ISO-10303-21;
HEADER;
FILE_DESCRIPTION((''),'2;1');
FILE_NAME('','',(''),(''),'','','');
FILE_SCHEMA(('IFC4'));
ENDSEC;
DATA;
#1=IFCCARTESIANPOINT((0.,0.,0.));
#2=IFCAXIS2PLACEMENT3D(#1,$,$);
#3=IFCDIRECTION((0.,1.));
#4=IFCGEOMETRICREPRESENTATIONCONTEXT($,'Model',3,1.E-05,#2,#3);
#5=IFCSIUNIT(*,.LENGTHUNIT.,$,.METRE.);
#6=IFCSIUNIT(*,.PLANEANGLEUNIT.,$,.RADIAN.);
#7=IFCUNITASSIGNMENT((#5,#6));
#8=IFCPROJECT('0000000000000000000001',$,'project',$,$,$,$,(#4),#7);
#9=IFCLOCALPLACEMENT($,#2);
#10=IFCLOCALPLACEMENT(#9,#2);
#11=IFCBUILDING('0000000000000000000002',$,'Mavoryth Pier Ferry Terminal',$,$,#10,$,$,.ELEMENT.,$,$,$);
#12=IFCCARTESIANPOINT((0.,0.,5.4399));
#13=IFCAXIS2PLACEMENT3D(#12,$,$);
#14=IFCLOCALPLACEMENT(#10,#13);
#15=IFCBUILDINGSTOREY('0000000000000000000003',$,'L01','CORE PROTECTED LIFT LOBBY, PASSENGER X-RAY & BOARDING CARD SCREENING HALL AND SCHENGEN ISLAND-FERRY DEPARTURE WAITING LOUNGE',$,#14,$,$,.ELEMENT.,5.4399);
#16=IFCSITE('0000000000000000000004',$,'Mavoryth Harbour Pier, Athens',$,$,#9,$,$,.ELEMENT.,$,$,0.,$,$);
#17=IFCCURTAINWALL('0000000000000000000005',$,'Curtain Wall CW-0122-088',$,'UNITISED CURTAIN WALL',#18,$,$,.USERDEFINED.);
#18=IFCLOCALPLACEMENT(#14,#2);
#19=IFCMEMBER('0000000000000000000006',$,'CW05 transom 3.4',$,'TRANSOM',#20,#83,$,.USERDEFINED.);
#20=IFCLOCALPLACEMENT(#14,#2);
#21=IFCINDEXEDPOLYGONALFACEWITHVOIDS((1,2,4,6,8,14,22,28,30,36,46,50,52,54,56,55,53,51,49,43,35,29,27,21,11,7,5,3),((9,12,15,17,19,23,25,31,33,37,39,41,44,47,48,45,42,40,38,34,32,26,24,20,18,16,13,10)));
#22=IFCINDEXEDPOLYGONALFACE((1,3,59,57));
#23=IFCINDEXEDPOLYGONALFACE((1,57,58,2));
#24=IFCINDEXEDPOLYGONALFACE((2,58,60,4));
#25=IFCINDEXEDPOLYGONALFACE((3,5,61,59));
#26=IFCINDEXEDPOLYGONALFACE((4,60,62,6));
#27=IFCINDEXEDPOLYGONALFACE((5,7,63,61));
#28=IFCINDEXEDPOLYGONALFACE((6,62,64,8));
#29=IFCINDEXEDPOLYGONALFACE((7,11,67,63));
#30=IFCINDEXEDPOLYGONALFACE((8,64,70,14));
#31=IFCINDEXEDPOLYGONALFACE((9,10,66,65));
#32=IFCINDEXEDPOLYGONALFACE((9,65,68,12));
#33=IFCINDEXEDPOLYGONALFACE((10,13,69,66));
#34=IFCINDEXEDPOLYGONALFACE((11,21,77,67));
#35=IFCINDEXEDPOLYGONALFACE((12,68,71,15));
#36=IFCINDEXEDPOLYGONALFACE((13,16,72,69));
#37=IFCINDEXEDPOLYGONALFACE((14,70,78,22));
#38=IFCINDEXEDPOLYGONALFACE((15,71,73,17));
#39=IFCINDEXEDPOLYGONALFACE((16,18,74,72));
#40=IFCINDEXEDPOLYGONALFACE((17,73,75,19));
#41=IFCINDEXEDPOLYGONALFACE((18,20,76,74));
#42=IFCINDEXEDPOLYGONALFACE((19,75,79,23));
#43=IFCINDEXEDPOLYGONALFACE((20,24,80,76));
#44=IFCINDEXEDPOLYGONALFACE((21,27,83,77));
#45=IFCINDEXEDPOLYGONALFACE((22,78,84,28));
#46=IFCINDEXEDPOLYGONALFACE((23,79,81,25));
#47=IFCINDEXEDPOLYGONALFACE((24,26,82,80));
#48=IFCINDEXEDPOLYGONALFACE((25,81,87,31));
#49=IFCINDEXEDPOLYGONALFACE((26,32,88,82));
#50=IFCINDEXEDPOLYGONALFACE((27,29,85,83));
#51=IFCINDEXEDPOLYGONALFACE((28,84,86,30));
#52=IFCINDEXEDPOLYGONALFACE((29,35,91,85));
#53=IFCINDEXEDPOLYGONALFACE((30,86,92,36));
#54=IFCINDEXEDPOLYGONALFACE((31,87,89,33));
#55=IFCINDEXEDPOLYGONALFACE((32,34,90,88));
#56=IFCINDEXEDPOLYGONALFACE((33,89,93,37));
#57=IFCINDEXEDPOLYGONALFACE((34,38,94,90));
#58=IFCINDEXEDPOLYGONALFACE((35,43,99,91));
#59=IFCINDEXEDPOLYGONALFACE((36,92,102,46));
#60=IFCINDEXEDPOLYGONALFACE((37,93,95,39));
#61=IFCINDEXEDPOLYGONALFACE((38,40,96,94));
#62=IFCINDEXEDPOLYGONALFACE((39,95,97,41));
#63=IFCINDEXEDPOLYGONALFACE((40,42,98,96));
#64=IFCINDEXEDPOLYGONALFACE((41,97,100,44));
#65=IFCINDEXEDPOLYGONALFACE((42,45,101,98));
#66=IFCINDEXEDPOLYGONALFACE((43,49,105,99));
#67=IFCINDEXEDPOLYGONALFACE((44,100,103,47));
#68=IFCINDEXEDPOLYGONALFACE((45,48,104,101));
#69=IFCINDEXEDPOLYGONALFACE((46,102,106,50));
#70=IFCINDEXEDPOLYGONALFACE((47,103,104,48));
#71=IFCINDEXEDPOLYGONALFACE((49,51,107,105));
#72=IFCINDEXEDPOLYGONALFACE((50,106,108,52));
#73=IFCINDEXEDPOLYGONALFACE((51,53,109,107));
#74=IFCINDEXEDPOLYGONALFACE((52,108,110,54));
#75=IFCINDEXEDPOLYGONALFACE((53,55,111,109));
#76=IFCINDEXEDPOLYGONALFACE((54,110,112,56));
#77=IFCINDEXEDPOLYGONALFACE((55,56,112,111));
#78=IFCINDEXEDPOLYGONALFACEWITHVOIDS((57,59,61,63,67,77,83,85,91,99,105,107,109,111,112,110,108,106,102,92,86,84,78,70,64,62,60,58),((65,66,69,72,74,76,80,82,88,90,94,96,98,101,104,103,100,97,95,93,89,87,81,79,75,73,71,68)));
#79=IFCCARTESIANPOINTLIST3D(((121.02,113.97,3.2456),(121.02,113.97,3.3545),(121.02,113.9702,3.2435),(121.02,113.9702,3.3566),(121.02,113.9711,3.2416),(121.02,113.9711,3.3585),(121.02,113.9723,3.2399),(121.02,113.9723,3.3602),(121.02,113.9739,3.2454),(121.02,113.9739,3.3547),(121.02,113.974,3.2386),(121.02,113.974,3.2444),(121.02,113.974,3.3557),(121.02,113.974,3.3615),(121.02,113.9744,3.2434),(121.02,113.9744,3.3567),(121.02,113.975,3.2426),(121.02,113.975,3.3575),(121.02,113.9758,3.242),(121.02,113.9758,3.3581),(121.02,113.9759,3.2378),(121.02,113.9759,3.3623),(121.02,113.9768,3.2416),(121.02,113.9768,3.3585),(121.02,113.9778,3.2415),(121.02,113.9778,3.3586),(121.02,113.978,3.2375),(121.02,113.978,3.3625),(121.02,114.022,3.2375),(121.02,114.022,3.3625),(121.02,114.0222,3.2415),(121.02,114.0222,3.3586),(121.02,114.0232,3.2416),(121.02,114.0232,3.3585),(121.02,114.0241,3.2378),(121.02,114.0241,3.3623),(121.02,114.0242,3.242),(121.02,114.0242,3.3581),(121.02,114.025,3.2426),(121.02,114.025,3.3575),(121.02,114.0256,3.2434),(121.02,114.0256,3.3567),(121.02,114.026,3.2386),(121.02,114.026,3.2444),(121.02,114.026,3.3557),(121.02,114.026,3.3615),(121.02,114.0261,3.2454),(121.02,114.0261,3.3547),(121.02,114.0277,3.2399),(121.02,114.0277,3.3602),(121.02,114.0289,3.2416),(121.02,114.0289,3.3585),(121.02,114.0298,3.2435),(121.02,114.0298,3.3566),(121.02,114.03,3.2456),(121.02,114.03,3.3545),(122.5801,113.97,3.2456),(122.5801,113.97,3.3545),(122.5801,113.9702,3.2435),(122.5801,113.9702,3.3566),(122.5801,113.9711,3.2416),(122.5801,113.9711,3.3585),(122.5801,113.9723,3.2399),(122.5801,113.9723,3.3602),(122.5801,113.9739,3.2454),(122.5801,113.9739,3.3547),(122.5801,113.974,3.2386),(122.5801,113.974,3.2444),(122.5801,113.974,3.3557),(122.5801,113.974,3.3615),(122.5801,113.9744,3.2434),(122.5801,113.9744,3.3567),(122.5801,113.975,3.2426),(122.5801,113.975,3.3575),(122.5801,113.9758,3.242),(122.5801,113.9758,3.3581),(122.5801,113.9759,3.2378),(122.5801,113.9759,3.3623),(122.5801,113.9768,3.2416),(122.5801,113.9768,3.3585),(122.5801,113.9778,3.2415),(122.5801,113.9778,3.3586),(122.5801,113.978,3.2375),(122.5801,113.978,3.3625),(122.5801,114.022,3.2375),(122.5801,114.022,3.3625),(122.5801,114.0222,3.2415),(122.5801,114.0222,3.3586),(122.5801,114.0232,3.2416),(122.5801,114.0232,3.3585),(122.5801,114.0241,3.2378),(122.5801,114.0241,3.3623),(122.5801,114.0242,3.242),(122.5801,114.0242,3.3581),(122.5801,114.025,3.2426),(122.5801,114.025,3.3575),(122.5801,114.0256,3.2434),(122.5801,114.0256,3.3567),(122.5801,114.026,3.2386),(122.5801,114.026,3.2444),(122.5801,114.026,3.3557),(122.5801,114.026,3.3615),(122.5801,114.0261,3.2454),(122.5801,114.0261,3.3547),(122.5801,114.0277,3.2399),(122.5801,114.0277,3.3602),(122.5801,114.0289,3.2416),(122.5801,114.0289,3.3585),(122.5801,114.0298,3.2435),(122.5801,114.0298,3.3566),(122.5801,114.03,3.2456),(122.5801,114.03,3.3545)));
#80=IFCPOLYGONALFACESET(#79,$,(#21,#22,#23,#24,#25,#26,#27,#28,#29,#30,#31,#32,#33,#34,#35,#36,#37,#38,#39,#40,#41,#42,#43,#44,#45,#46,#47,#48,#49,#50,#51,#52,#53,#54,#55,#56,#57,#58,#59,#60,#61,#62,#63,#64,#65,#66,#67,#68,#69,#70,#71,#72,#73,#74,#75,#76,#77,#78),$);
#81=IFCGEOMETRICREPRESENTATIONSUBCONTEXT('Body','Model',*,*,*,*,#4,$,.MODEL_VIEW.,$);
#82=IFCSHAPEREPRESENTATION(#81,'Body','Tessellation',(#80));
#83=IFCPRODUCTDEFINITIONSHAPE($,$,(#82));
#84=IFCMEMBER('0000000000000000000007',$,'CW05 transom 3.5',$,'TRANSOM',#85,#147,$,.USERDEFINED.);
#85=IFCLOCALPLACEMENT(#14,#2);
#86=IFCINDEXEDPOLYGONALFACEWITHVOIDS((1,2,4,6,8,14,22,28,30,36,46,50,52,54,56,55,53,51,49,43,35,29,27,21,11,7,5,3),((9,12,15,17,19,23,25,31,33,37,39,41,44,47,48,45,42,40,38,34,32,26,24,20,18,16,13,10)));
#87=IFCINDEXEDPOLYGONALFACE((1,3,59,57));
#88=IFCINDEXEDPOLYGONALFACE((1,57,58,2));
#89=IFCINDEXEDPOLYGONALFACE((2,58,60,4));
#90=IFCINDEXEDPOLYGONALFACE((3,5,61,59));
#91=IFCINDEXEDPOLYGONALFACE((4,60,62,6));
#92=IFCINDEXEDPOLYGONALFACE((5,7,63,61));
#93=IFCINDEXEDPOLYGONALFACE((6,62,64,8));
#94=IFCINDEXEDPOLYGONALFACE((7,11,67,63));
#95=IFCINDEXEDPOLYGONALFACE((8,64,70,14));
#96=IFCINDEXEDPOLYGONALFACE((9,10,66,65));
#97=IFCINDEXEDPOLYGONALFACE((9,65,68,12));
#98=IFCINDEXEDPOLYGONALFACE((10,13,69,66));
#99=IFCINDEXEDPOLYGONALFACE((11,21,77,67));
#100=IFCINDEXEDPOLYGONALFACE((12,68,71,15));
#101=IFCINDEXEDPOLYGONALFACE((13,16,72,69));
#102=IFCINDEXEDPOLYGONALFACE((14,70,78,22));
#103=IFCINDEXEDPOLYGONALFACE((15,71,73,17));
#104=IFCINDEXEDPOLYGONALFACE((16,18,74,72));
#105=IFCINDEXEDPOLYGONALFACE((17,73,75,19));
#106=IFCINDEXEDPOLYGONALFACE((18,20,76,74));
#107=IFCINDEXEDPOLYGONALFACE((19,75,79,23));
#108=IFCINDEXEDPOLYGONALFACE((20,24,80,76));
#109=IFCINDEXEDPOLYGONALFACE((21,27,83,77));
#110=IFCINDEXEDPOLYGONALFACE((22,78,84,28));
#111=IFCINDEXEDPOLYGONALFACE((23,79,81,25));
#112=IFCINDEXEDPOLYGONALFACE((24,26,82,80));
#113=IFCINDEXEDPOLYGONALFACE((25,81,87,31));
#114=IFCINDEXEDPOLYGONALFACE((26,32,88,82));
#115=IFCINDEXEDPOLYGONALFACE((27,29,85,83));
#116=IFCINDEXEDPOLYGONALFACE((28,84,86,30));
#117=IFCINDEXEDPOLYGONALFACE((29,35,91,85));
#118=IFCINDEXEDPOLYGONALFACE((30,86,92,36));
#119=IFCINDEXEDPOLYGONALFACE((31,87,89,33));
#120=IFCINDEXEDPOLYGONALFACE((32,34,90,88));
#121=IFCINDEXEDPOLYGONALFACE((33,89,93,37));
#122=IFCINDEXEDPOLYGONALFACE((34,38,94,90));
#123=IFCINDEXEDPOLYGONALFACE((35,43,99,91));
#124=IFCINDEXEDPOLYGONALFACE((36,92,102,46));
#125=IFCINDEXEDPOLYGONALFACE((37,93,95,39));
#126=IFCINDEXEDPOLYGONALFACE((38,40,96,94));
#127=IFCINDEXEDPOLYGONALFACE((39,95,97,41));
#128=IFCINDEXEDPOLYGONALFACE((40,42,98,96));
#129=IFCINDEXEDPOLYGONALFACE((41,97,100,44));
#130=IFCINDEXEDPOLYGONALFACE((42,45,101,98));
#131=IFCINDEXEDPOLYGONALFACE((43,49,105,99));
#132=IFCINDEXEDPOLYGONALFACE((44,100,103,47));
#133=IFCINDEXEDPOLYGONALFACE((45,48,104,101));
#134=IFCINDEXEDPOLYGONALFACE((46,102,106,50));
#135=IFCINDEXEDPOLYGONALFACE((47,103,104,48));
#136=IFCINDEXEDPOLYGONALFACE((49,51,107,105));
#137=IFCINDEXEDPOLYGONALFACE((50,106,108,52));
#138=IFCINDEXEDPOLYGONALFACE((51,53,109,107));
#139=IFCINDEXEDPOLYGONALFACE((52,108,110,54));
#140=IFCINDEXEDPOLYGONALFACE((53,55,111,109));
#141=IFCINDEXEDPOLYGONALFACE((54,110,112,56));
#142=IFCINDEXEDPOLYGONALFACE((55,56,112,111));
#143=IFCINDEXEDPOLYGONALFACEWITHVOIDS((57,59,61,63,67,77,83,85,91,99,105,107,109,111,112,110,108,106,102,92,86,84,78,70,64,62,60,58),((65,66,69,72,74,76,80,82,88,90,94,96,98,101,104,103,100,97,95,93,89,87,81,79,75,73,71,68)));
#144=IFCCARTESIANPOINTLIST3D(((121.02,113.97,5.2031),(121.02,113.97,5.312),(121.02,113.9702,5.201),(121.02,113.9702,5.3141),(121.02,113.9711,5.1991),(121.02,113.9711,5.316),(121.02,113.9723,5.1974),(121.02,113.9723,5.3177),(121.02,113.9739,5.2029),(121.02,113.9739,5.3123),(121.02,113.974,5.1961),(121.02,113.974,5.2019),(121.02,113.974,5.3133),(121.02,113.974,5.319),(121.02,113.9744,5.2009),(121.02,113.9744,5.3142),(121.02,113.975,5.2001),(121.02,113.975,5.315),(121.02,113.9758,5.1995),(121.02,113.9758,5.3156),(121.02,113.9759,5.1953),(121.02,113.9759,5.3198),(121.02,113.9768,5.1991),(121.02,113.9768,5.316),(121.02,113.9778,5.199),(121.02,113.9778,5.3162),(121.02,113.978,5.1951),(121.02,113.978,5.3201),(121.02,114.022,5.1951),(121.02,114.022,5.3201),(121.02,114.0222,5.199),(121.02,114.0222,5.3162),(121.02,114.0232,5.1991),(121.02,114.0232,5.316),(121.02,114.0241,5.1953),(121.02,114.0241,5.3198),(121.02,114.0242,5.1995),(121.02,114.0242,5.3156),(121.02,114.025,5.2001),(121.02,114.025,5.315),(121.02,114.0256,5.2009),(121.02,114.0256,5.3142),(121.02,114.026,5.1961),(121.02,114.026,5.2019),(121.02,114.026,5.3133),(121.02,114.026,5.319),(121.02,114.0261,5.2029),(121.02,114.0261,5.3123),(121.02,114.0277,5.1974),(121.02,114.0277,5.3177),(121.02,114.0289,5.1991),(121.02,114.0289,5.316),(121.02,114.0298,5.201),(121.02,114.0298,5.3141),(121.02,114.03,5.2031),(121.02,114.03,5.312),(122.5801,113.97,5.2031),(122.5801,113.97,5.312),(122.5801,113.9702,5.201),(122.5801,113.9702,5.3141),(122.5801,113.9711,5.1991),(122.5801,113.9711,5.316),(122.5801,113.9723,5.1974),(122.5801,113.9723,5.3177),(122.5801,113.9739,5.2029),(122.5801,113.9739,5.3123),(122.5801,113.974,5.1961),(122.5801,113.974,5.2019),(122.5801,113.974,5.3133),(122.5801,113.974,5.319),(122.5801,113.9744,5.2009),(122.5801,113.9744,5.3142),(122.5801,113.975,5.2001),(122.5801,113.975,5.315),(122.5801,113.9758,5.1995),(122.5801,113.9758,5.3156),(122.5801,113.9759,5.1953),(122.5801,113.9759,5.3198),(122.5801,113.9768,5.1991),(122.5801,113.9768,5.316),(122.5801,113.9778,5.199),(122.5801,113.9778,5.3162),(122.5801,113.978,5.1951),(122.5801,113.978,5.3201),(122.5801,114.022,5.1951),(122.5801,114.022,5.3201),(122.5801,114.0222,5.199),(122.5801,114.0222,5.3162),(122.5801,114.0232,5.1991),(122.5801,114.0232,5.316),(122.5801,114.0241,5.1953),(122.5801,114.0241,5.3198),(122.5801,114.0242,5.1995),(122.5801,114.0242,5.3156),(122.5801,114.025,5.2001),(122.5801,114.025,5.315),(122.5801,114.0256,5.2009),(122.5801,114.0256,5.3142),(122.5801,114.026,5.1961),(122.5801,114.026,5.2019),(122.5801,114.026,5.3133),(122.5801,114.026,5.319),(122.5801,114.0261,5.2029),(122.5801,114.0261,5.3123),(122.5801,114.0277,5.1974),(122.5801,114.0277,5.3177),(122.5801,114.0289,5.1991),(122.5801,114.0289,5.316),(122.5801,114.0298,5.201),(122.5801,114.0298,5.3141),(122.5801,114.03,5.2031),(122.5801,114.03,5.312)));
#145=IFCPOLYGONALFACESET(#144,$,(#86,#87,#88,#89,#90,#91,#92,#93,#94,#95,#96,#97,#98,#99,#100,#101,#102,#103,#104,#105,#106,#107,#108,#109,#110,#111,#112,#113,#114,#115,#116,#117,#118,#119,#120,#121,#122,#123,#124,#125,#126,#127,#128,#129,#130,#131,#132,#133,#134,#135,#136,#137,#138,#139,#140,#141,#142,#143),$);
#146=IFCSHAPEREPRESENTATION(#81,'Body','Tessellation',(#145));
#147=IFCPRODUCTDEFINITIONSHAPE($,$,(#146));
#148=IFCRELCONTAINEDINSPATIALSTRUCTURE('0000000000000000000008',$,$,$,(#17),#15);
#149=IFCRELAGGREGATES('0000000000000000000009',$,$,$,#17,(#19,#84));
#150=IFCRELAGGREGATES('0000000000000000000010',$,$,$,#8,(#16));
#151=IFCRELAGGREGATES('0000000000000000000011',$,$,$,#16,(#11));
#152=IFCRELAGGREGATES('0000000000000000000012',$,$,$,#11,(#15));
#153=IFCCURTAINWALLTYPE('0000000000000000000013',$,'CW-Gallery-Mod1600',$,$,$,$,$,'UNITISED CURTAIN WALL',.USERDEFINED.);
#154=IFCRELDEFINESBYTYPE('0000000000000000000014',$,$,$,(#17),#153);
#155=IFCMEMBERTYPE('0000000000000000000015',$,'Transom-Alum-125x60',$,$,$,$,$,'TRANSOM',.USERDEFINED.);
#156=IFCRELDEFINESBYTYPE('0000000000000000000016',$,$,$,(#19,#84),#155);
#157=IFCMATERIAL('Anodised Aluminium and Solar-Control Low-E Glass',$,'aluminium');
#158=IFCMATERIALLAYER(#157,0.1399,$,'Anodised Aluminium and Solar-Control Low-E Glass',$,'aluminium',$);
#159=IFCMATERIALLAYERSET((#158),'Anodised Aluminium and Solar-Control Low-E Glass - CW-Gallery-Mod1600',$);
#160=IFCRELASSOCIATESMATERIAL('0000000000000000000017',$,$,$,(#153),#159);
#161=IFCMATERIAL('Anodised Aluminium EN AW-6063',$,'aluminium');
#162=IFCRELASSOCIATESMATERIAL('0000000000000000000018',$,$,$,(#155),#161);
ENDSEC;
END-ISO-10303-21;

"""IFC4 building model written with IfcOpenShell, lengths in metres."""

from ifc_helpers import new_model, si_unit, direction, frame, origin, origin_2d, place, context, subcontext, project, spatial, hollow_rectangle, extrude, material, layer, layer_set, material_profile, profile_set, type_object, element, aggregate, save


model = new_model("IFC4")

# Units and contexts
model_context = context("Model", 3, precision=1e-05, world=origin(), true_north=direction((0.0, 1.0)))
body_context = subcontext(model_context, "Body", "Model", "MODEL_VIEW")
ifc_project = project(units=[si_unit("LENGTHUNIT", "METRE"), si_unit("PLANEANGLEUNIT", "RADIAN")], contexts=[model_context])

# Site, building, storey
site_placement = place(None, origin())
site = spatial("IfcSite", under=ifc_project, at=site_placement, Name="Mavoryth Harbour Pier, Athens", CompositionType="ELEMENT", RefElevation=0.0)
building_placement = place(site_placement, origin())
building = spatial("IfcBuilding", under=site, at=building_placement, Name="Mavoryth Pier Ferry Terminal", CompositionType="ELEMENT")
storey_placement = place(building_placement, frame((0.0, 0.0, 5.4399)))
storey = spatial("IfcBuildingStorey", under=building, at=storey_placement, Name="L01", Description="CORE PROTECTED LIFT LOBBY, PASSENGER X-RAY & BOARDING CARD SCREENING HALL AND SCHENGEN ISLAND-FERRY DEPARTURE WAITING LOUNGE", CompositionType="ELEMENT", Elevation=5.4399)

# Curtain wall, members
ifc_material_1 = material(Name="Anodised Aluminium and Solar-Control Low-E Glass", Category="aluminium")
ifc_layer_1 = layer(ifc_material_1, 0.1399, Name="Anodised Aluminium and Solar-Control Low-E Glass", Category="aluminium")
ifc_layer_set_1 = layer_set([ifc_layer_1], Name="Anodised Aluminium and Solar-Control Low-E Glass - CW-Gallery-Mod1600")
curtain_wall_type = type_object("IfcCurtainWallType", Name="CW-Gallery-Mod1600", ElementType="UNITISED CURTAIN WALL", PredefinedType="USERDEFINED", material=ifc_layer_set_1)
curtain_wall_placement = place(storey_placement, origin())
curtain_wall = element("IfcCurtainWall", 1, at=curtain_wall_placement, inside=storey, type_object=curtain_wall_type, Name="Curtain Wall CW-0122-088", ObjectType="UNITISED CURTAIN WALL", PredefinedType="USERDEFINED")
ifc_material_2 = material(Name="Anodised Aluminium EN AW-6063", Category="aluminium")
ifc_material_profile_1 = material_profile(ifc_material_2, hollow_rectangle(XDim=0.0601, YDim=0.125, WallThickness=0.0039, InnerFilletRadius=0.0039, OuterFilletRadius=0.0081, at=origin_2d()), Name="AL-TRAN 125x60x4", Category="aluminium")
ifc_profile_set_1 = profile_set([ifc_material_profile_1], Name="Anodised Aluminium EN AW-6063 - AL-TRAN 125x60x4")
member_type_1 = type_object("IfcMemberType", Name="Transom-Alum-125x60", ElementType="TRANSOM", PredefinedType="USERDEFINED", material=ifc_profile_set_1)
member_1_placement = place(storey_placement, frame((122.5801, 114.0, 3.3), z_axis=(-1.0, 0.0, 0.0), x_axis=(0.0, -1.0, 0.0)))
member_1 = element("IfcMember", 2, at=member_1_placement, type_object=member_type_1, Name="CW05 transom 3.4", ObjectType="TRANSOM", PredefinedType="USERDEFINED", context=body_context, shape_type="SweptSolid", body=[
    extrude(hollow_rectangle(XDim=0.0601, YDim=0.125, WallThickness=0.0039, InnerFilletRadius=0.0039, OuterFilletRadius=0.0081, at=origin_2d()), origin(), (0.0, 0.0, 1.0), 1.5601),
])
member_2_placement = place(storey_placement, frame((122.5801, 114.0, 5.2576), z_axis=(-1.0, 0.0, 0.0), x_axis=(0.0, -1.0, 0.0)))
member_2 = element("IfcMember", 3, at=member_2_placement, type_object=member_type_1, Name="CW05 transom 3.5", ObjectType="TRANSOM", PredefinedType="USERDEFINED", context=body_context, shape_type="SweptSolid", body=[
    extrude(hollow_rectangle(XDim=0.0601, YDim=0.125, WallThickness=0.0039, InnerFilletRadius=0.0039, OuterFilletRadius=0.0081, at=origin_2d()), origin(), (0.0, 0.0, 1.0), 1.5601),
])
aggregate(curtain_wall, [member_1, member_2])

save(model, "model.ifc")
